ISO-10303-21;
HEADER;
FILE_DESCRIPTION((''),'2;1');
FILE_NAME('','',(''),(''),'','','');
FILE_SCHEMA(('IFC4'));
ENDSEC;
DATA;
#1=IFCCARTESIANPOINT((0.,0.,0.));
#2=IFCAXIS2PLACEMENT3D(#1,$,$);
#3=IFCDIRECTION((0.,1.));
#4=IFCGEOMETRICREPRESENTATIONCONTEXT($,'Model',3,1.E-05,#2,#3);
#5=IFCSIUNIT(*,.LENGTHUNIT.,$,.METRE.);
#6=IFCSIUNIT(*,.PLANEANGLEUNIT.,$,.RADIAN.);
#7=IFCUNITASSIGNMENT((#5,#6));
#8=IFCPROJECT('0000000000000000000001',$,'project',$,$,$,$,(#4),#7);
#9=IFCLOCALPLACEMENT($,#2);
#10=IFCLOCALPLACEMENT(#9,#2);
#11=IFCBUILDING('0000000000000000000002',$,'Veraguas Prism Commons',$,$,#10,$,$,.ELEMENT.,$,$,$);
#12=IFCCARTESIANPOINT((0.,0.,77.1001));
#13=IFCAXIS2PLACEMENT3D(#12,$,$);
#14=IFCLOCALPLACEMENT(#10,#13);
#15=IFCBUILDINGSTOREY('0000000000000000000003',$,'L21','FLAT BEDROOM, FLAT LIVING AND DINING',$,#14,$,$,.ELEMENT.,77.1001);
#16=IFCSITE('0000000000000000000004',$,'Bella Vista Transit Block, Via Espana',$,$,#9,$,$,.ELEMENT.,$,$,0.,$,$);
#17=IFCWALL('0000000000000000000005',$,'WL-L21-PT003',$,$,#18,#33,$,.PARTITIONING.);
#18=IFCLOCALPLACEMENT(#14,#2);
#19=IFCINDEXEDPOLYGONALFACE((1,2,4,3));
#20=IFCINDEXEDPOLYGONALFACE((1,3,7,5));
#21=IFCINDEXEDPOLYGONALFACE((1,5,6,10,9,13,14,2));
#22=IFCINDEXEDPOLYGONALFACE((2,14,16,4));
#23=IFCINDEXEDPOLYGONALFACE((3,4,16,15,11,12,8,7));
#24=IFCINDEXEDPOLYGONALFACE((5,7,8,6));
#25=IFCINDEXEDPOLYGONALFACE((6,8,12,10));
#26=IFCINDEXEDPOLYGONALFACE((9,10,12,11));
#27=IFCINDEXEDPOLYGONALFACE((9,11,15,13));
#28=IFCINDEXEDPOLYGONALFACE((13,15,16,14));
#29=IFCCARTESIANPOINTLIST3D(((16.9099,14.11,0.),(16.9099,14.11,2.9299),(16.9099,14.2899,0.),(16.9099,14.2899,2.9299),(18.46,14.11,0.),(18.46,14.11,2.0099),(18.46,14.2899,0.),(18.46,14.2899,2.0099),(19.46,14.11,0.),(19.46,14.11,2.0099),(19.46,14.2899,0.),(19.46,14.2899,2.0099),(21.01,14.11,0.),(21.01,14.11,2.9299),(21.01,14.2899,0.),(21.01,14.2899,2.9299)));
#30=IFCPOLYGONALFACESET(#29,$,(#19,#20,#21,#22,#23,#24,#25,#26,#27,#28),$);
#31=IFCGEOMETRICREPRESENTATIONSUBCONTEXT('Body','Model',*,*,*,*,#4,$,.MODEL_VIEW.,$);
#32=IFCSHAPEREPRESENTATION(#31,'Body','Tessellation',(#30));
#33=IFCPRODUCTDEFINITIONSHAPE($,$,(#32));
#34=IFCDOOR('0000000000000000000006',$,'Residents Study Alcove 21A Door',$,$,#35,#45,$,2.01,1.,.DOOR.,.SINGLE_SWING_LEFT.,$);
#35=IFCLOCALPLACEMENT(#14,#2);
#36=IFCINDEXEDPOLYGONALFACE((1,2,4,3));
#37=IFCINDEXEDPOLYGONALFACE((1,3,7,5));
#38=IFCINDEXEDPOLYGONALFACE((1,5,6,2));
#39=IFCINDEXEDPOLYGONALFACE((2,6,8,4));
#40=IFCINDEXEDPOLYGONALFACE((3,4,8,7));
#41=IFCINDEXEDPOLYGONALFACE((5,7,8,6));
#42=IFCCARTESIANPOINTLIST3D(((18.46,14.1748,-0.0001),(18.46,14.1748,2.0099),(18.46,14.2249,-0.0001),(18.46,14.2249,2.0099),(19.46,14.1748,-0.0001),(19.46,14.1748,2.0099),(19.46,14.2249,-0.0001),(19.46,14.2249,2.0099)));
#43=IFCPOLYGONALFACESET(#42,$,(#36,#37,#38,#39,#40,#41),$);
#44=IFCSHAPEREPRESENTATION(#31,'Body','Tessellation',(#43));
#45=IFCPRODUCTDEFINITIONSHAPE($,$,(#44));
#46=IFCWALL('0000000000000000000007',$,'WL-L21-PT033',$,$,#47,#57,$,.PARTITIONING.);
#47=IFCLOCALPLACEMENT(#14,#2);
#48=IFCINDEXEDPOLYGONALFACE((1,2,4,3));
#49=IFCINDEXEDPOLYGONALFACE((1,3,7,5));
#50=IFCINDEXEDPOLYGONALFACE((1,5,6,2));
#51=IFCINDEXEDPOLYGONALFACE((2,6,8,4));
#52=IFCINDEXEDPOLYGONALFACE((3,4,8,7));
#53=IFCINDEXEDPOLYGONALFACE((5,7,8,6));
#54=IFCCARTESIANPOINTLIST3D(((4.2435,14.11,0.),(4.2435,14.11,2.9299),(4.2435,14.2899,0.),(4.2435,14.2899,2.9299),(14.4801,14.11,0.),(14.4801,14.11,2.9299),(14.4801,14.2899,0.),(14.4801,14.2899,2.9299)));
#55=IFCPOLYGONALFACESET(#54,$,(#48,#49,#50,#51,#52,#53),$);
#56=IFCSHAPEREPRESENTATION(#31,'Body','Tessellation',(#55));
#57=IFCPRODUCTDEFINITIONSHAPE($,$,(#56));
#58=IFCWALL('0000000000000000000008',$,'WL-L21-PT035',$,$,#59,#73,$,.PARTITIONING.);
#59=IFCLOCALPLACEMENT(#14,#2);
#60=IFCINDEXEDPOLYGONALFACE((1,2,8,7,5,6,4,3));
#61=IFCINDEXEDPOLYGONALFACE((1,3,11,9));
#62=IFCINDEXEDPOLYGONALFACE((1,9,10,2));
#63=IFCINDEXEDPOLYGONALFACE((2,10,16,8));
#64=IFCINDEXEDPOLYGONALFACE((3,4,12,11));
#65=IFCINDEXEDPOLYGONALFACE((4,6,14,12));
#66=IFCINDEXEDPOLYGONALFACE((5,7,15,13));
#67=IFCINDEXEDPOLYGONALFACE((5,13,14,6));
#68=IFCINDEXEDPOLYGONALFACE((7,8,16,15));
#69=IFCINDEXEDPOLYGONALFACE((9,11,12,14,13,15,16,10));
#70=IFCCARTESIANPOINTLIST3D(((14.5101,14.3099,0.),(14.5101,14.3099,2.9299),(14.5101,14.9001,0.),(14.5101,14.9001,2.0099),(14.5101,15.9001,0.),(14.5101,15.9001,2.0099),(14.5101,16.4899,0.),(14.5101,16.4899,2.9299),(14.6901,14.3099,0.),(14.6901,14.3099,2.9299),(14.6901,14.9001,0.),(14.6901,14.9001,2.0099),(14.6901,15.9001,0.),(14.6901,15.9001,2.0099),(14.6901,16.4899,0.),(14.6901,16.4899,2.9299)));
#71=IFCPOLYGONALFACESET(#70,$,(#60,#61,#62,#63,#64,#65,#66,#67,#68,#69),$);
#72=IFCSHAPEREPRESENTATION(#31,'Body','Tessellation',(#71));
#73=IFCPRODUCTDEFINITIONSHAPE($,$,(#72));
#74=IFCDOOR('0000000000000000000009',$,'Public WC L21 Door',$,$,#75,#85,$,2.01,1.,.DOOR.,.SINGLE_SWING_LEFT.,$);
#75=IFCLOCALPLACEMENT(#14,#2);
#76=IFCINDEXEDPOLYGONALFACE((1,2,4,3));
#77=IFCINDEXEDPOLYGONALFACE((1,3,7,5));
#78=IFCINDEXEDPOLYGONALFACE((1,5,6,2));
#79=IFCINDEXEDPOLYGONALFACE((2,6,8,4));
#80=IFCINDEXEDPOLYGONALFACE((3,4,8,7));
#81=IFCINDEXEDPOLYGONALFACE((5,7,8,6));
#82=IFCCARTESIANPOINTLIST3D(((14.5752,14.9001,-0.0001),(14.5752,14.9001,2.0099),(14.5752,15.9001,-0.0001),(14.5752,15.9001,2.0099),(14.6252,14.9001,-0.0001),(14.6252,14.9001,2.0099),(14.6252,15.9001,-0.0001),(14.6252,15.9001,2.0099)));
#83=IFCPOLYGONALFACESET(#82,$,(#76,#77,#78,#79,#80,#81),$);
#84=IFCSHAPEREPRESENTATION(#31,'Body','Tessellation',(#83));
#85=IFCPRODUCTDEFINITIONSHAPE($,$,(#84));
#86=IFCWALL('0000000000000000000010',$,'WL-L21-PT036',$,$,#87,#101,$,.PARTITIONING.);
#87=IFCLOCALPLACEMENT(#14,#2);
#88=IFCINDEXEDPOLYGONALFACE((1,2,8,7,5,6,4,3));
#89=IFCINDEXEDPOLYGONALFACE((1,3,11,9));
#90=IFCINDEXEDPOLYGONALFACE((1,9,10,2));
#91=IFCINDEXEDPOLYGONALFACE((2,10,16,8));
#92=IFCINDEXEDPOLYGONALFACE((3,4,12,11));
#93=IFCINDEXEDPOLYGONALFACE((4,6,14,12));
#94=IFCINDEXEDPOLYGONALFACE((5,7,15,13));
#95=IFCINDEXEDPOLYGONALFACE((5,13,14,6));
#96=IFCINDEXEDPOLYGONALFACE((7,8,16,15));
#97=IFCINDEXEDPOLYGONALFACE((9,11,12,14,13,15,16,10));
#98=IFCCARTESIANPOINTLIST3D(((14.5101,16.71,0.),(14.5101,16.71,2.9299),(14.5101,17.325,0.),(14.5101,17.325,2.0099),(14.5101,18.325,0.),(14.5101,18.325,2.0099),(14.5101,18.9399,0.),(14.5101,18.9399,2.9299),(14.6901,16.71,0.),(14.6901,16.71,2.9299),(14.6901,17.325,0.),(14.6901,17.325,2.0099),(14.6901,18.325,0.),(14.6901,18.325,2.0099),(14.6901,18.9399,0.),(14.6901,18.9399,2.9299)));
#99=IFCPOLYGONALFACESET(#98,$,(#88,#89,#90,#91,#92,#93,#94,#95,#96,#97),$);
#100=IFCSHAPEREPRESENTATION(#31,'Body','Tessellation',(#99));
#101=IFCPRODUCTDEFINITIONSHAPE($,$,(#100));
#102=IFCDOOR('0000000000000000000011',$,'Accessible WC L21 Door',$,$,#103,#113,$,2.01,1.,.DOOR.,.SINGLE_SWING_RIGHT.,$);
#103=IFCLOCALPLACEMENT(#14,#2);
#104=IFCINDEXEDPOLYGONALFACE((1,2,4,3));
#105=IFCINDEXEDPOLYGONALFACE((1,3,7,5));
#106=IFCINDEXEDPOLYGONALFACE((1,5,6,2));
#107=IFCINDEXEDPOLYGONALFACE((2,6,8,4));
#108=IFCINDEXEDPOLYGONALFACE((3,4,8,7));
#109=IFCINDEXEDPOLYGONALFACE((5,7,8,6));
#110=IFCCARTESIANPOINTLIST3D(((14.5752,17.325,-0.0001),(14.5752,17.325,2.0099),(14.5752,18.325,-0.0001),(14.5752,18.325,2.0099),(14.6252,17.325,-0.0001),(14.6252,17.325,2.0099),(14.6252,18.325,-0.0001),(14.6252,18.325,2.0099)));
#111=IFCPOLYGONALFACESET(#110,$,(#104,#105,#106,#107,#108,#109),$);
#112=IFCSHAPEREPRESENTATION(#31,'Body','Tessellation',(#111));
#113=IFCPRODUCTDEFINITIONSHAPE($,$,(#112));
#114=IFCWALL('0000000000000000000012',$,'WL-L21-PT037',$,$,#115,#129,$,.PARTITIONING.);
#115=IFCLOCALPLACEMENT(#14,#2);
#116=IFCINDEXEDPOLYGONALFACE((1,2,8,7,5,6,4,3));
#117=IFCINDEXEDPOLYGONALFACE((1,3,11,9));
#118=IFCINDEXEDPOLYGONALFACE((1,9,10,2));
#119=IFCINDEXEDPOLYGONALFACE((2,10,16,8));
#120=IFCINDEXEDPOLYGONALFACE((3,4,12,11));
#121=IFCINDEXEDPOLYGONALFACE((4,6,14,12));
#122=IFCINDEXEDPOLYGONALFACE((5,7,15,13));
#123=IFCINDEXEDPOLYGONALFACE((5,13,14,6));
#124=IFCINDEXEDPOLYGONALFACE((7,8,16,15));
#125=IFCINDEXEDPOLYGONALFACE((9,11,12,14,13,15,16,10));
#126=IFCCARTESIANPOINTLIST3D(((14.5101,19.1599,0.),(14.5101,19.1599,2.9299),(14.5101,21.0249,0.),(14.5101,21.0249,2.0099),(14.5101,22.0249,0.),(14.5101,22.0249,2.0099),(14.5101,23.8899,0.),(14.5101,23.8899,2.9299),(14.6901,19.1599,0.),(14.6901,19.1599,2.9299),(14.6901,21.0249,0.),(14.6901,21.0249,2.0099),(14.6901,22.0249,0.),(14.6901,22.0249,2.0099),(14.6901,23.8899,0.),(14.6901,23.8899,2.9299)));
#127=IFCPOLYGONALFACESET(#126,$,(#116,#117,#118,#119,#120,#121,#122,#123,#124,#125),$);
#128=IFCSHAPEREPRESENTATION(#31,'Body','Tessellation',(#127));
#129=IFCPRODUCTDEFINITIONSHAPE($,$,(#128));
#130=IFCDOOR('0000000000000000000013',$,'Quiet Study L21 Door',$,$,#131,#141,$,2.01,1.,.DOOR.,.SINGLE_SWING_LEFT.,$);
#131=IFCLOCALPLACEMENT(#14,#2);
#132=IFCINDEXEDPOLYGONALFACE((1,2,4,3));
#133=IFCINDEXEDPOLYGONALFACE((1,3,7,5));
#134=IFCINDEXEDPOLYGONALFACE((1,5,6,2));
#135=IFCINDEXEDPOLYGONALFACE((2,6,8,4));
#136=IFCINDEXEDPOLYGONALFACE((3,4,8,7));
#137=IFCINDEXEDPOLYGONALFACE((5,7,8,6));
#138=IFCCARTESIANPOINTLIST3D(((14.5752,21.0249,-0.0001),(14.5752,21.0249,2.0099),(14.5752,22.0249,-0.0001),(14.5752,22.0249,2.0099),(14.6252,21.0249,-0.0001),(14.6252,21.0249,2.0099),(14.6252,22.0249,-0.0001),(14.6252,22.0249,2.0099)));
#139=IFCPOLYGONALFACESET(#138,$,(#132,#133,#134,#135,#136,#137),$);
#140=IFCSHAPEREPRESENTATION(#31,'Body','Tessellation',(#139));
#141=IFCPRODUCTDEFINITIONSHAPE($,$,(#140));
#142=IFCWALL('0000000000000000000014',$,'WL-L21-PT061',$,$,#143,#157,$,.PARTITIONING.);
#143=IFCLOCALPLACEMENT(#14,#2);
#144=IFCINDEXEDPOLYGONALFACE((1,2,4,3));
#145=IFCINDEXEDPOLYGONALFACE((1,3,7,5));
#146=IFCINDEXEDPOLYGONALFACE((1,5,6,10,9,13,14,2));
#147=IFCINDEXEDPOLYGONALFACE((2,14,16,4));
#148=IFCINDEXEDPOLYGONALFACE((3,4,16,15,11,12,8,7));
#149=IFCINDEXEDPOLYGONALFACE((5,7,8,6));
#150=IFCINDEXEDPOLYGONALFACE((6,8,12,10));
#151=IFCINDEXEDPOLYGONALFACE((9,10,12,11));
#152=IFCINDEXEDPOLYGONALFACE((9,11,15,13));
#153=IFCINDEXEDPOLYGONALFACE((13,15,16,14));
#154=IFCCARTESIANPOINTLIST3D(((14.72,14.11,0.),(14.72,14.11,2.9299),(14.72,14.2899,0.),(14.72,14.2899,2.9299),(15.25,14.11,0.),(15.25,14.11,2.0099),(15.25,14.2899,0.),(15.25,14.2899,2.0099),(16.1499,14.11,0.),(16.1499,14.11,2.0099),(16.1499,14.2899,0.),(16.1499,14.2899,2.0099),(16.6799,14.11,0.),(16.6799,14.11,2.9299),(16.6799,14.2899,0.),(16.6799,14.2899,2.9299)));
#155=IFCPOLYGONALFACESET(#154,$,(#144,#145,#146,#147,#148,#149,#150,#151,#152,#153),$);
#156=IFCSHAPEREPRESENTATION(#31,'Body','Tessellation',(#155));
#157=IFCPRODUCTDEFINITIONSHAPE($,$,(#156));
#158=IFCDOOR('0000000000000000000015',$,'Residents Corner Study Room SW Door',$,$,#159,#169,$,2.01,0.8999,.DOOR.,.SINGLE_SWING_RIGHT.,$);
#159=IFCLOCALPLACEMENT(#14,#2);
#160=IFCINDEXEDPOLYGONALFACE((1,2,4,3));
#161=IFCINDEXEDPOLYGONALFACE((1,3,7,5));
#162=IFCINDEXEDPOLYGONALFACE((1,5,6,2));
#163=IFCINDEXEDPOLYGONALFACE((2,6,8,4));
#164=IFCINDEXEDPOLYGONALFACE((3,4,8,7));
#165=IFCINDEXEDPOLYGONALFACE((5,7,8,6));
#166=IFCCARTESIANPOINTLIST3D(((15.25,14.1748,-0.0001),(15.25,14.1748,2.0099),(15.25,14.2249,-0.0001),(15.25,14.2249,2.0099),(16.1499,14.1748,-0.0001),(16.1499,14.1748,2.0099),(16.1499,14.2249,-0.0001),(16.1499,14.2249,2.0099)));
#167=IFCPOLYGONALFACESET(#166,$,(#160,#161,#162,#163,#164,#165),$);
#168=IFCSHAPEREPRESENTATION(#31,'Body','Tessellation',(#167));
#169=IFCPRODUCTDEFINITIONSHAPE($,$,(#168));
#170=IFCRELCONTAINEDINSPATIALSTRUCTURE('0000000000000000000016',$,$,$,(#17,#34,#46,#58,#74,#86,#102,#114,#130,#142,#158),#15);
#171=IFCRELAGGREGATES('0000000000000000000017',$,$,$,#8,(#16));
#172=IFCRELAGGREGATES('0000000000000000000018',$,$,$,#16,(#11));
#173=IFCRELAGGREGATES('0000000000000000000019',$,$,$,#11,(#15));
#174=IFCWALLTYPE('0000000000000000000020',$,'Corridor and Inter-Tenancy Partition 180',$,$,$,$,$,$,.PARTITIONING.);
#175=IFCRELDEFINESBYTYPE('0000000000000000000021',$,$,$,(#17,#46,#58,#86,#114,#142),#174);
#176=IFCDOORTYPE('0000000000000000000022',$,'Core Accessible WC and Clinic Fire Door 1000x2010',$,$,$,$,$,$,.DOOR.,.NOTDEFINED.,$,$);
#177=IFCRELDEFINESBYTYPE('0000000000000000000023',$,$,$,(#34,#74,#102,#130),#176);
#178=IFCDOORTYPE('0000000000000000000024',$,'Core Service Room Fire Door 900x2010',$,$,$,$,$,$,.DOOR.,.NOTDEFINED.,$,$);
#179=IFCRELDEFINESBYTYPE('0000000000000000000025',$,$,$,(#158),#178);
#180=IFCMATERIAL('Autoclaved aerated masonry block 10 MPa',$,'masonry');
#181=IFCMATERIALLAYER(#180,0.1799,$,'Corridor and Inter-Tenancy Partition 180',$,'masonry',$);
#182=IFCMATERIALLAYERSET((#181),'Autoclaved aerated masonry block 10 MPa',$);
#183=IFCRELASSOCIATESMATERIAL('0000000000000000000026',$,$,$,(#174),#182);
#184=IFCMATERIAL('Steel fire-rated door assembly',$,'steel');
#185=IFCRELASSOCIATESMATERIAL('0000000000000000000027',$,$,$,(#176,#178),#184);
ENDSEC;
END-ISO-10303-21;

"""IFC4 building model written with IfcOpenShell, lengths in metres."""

from ifc_helpers import new_model, si_unit, direction, frame, frame_2d, origin, place, context, subcontext, project, spatial, rectangle, extrude, source, transform, mapped, material, layer, layer_set, type_object, element, fill, save


model = new_model("IFC4")

# Units and contexts
model_context = context("Model", 3, precision=1e-05, world=origin(), true_north=direction((0.0, 1.0)))
body_context = subcontext(model_context, "Body", "Model", "MODEL_VIEW")
ifc_project = project(units=[si_unit("LENGTHUNIT", "METRE"), si_unit("PLANEANGLEUNIT", "RADIAN")], contexts=[model_context])

# Site, building, storey
site_placement = place(None, origin())
site = spatial("IfcSite", under=ifc_project, at=site_placement, Name="Bella Vista Transit Block, Via Espana", CompositionType="ELEMENT", RefElevation=0.0)
building_placement = place(site_placement, origin())
building = spatial("IfcBuilding", under=site, at=building_placement, Name="Veraguas Prism Commons", CompositionType="ELEMENT")
storey_placement = place(building_placement, frame((0.0, 0.0, 77.1001)))
storey = spatial("IfcBuildingStorey", under=building, at=storey_placement, Name="L21", Description="FLAT BEDROOM, FLAT LIVING AND DINING", CompositionType="ELEMENT", Elevation=77.1001)

# Shared definitions
ifc_material_1 = material(Name="Steel fire-rated door assembly", Category="steel")

# Wall, opening, door
ifc_material_2 = material(Name="Autoclaved aerated masonry block 10 MPa", Category="masonry")
ifc_layer_1 = layer(ifc_material_2, 0.1799, Name="Corridor and Inter-Tenancy Partition 180", Category="masonry")
ifc_layer_set_1 = layer_set([ifc_layer_1], Name="Autoclaved aerated masonry block 10 MPa")
wall_type_1 = type_object("IfcWallType", Name="Corridor and Inter-Tenancy Partition 180", PredefinedType="PARTITIONING", material=ifc_layer_set_1)
wall_1_placement = place(storey_placement, frame((16.9099, 14.2, 0.0), z_axis=(0.0, 0.0, 1.0), x_axis=(1.0, 0.0, 0.0)))
wall_1 = element("IfcWall", 1, at=wall_1_placement, inside=storey, type_object=wall_type_1, Name="WL-L21-PT003", PredefinedType="PARTITIONING", context=body_context, shape_type="SweptSolid", body=[
    extrude(rectangle(XDim=4.1001, YDim=0.1799, at=frame_2d((2.05, 0.0))), origin(), (0.0, 0.0, 1.0), 2.9299),
])
opening_1_placement = place(wall_1_placement, frame((1.55, 0.0, 0.0)))
opening_1 = element("IfcOpeningElement", 2, at=opening_1_placement, cuts=wall_1, PredefinedType="OPENING", context=body_context, shape_type="SweptSolid", body=[
    extrude(rectangle(XDim=1.0, YDim=2.01, at=frame_2d((0.5, 1.0049))), frame((0.0, 0.0999, 0.0), z_axis=(0.0, -1.0, 0.0), x_axis=(1.0, 0.0, 0.0)), (0.0, 0.0, 1.0), 0.2),
])
door_type_1 = type_object("IfcDoorType", Name="Core Accessible WC and Clinic Fire Door 1000x2010", OperationType="NOTDEFINED", PredefinedType="DOOR", material=ifc_material_1)
shared_shape_1 = source(origin(), body_context, "Body", "SweptSolid", [
    extrude(rectangle(XDim=1.0, YDim=2.01, at=frame_2d((0.5, 1.0049))), frame((0.0, 0.0249, 0.0), z_axis=(0.0, -1.0, 0.0), x_axis=(1.0, 0.0, 0.0)), (0.0, 0.0, 1.0), 0.05),
])
door_1_placement = place(opening_1_placement, origin())
door_1 = element("IfcDoor", 3, at=door_1_placement, inside=storey, type_object=door_type_1, Name="Residents Study Alcove 21A Door", OperationType="SINGLE_SWING_LEFT", OverallHeight=2.01, OverallWidth=1.0, PredefinedType="DOOR", context=body_context, shape_type="MappedRepresentation", body=[
    mapped(shared_shape_1, transform((0.0, 0.0, 0.0), scale=1.0)),
])
fill(opening_1, door_1)

# Wall
wall_2_placement = place(storey_placement, frame((14.48, 14.2, 0.0), z_axis=(0.0, 0.0, 1.0), x_axis=(-1.0, 0.0, 0.0)))
element("IfcWall", 4, at=wall_2_placement, inside=storey, type_object=wall_type_1, Name="WL-L21-PT033", PredefinedType="PARTITIONING", context=body_context, shape_type="SweptSolid", body=[
    extrude(rectangle(XDim=10.2366, YDim=0.1799, at=frame_2d((5.1182, 0.0))), origin(), (0.0, 0.0, 1.0), 2.9299),
])

# Walls, openings, doors
wall_3_placement = place(storey_placement, frame((14.6001, 14.3101, 0.0), z_axis=(0.0, 0.0, 1.0), x_axis=(0.0, 1.0, 0.0)))
wall_3 = element("IfcWall", 5, at=wall_3_placement, inside=storey, type_object=wall_type_1, Name="WL-L21-PT035", PredefinedType="PARTITIONING", context=body_context, shape_type="SweptSolid", body=[
    extrude(rectangle(XDim=2.1799, YDim=0.1799, at=frame_2d((1.0898, 0.0))), origin(), (0.0, 0.0, 1.0), 2.9299),
])
opening_2_placement = place(wall_3_placement, frame((0.5901, 0.0, 0.0)))
opening_2 = element("IfcOpeningElement", 6, at=opening_2_placement, cuts=wall_3, PredefinedType="OPENING", context=body_context, shape_type="SweptSolid", body=[
    extrude(rectangle(XDim=1.0, YDim=2.01, at=frame_2d((0.5, 1.0049))), frame((0.0, 0.0999, 0.0), z_axis=(0.0, -1.0, 0.0), x_axis=(1.0, 0.0, 0.0)), (0.0, 0.0, 1.0), 0.2),
])
door_2_placement = place(opening_2_placement, origin())
door_2 = element("IfcDoor", 7, at=door_2_placement, inside=storey, type_object=door_type_1, Name="Public WC L21 Door", OperationType="SINGLE_SWING_LEFT", OverallHeight=2.01, OverallWidth=1.0, PredefinedType="DOOR", context=body_context, shape_type="MappedRepresentation", body=[
    mapped(shared_shape_1, transform((0.0, 0.0, 0.0), scale=1.0)),
])
fill(opening_2, door_2)
wall_4_placement = place(storey_placement, frame((14.6001, 16.71, 0.0), z_axis=(0.0, 0.0, 1.0), x_axis=(0.0, 1.0, 0.0)))
wall_4 = element("IfcWall", 8, at=wall_4_placement, inside=storey, type_object=wall_type_1, Name="WL-L21-PT036", PredefinedType="PARTITIONING", context=body_context, shape_type="SweptSolid", body=[
    extrude(rectangle(XDim=2.23, YDim=0.1799, at=frame_2d((1.115, 0.0))), origin(), (0.0, 0.0, 1.0), 2.9299),
])
opening_3_placement = place(wall_4_placement, frame((0.615, 0.0, 0.0)))
opening_3 = element("IfcOpeningElement", 9, at=opening_3_placement, cuts=wall_4, PredefinedType="OPENING", context=body_context, shape_type="SweptSolid", body=[
    extrude(rectangle(XDim=1.0, YDim=2.01, at=frame_2d((0.5, 1.0049))), frame((0.0, 0.0999, 0.0), z_axis=(0.0, -1.0, 0.0), x_axis=(1.0, 0.0, 0.0)), (0.0, 0.0, 1.0), 0.2),
])
door_3_placement = place(opening_3_placement, origin())
door_3 = element("IfcDoor", 10, at=door_3_placement, inside=storey, type_object=door_type_1, Name="Accessible WC L21 Door", OperationType="SINGLE_SWING_RIGHT", OverallHeight=2.01, OverallWidth=1.0, PredefinedType="DOOR", context=body_context, shape_type="MappedRepresentation", body=[
    mapped(shared_shape_1, transform((0.0, 0.0, 0.0), scale=1.0)),
])
fill(opening_3, door_3)
wall_5_placement = place(storey_placement, frame((14.6001, 19.1599, 0.0), z_axis=(0.0, 0.0, 1.0), x_axis=(0.0, 1.0, 0.0)))
wall_5 = element("IfcWall", 11, at=wall_5_placement, inside=storey, type_object=wall_type_1, Name="WL-L21-PT037", PredefinedType="PARTITIONING", context=body_context, shape_type="SweptSolid", body=[
    extrude(rectangle(XDim=4.73, YDim=0.1799, at=frame_2d((2.365, 0.0))), origin(), (0.0, 0.0, 1.0), 2.9299),
])
opening_4_placement = place(wall_5_placement, frame((1.865, 0.0, 0.0)))
opening_4 = element("IfcOpeningElement", 12, at=opening_4_placement, cuts=wall_5, PredefinedType="OPENING", context=body_context, shape_type="SweptSolid", body=[
    extrude(rectangle(XDim=1.0, YDim=2.01, at=frame_2d((0.5, 1.0049))), frame((0.0, 0.0999, 0.0), z_axis=(0.0, -1.0, 0.0), x_axis=(1.0, 0.0, 0.0)), (0.0, 0.0, 1.0), 0.2),
])
door_4_placement = place(opening_4_placement, origin())
door_4 = element("IfcDoor", 13, at=door_4_placement, inside=storey, type_object=door_type_1, Name="Quiet Study L21 Door", OperationType="SINGLE_SWING_LEFT", OverallHeight=2.01, OverallWidth=1.0, PredefinedType="DOOR", context=body_context, shape_type="MappedRepresentation", body=[
    mapped(shared_shape_1, transform((0.0, 0.0, 0.0), scale=1.0)),
])
fill(opening_4, door_4)
wall_6_placement = place(storey_placement, frame((14.72, 14.2, 0.0), z_axis=(0.0, 0.0, 1.0), x_axis=(1.0, 0.0, 0.0)))
wall_6 = element("IfcWall", 14, at=wall_6_placement, inside=storey, type_object=wall_type_1, Name="WL-L21-PT061", PredefinedType="PARTITIONING", context=body_context, shape_type="SweptSolid", body=[
    extrude(rectangle(XDim=1.96, YDim=0.1799, at=frame_2d((0.98, 0.0))), origin(), (0.0, 0.0, 1.0), 2.9299),
])
opening_5_placement = place(wall_6_placement, frame((0.53, 0.0, 0.0)))
opening_5 = element("IfcOpeningElement", 15, at=opening_5_placement, cuts=wall_6, PredefinedType="OPENING", context=body_context, shape_type="SweptSolid", body=[
    extrude(rectangle(XDim=0.8999, YDim=2.01, at=frame_2d((0.45, 1.0049))), frame((0.0, 0.0999, 0.0), z_axis=(0.0, -1.0, 0.0), x_axis=(1.0, 0.0, 0.0)), (0.0, 0.0, 1.0), 0.2),
])
door_type_2 = type_object("IfcDoorType", Name="Core Service Room Fire Door 900x2010", OperationType="NOTDEFINED", PredefinedType="DOOR", material=ifc_material_1)
shared_shape_2 = source(origin(), body_context, "Body", "SweptSolid", [
    extrude(rectangle(XDim=0.8999, YDim=2.01, at=frame_2d((0.45, 1.0049))), frame((0.0, 0.0249, 0.0), z_axis=(0.0, -1.0, 0.0), x_axis=(1.0, 0.0, 0.0)), (0.0, 0.0, 1.0), 0.05),
])
door_5_placement = place(opening_5_placement, origin())
door_5 = element("IfcDoor", 16, at=door_5_placement, inside=storey, type_object=door_type_2, Name="Residents Corner Study Room SW Door", OperationType="SINGLE_SWING_RIGHT", OverallHeight=2.01, OverallWidth=0.8999, PredefinedType="DOOR", context=body_context, shape_type="MappedRepresentation", body=[
    mapped(shared_shape_2, transform((0.0, 0.0, 0.0), scale=1.0)),
])
fill(opening_5, door_5)

save(model, "model.ifc")
